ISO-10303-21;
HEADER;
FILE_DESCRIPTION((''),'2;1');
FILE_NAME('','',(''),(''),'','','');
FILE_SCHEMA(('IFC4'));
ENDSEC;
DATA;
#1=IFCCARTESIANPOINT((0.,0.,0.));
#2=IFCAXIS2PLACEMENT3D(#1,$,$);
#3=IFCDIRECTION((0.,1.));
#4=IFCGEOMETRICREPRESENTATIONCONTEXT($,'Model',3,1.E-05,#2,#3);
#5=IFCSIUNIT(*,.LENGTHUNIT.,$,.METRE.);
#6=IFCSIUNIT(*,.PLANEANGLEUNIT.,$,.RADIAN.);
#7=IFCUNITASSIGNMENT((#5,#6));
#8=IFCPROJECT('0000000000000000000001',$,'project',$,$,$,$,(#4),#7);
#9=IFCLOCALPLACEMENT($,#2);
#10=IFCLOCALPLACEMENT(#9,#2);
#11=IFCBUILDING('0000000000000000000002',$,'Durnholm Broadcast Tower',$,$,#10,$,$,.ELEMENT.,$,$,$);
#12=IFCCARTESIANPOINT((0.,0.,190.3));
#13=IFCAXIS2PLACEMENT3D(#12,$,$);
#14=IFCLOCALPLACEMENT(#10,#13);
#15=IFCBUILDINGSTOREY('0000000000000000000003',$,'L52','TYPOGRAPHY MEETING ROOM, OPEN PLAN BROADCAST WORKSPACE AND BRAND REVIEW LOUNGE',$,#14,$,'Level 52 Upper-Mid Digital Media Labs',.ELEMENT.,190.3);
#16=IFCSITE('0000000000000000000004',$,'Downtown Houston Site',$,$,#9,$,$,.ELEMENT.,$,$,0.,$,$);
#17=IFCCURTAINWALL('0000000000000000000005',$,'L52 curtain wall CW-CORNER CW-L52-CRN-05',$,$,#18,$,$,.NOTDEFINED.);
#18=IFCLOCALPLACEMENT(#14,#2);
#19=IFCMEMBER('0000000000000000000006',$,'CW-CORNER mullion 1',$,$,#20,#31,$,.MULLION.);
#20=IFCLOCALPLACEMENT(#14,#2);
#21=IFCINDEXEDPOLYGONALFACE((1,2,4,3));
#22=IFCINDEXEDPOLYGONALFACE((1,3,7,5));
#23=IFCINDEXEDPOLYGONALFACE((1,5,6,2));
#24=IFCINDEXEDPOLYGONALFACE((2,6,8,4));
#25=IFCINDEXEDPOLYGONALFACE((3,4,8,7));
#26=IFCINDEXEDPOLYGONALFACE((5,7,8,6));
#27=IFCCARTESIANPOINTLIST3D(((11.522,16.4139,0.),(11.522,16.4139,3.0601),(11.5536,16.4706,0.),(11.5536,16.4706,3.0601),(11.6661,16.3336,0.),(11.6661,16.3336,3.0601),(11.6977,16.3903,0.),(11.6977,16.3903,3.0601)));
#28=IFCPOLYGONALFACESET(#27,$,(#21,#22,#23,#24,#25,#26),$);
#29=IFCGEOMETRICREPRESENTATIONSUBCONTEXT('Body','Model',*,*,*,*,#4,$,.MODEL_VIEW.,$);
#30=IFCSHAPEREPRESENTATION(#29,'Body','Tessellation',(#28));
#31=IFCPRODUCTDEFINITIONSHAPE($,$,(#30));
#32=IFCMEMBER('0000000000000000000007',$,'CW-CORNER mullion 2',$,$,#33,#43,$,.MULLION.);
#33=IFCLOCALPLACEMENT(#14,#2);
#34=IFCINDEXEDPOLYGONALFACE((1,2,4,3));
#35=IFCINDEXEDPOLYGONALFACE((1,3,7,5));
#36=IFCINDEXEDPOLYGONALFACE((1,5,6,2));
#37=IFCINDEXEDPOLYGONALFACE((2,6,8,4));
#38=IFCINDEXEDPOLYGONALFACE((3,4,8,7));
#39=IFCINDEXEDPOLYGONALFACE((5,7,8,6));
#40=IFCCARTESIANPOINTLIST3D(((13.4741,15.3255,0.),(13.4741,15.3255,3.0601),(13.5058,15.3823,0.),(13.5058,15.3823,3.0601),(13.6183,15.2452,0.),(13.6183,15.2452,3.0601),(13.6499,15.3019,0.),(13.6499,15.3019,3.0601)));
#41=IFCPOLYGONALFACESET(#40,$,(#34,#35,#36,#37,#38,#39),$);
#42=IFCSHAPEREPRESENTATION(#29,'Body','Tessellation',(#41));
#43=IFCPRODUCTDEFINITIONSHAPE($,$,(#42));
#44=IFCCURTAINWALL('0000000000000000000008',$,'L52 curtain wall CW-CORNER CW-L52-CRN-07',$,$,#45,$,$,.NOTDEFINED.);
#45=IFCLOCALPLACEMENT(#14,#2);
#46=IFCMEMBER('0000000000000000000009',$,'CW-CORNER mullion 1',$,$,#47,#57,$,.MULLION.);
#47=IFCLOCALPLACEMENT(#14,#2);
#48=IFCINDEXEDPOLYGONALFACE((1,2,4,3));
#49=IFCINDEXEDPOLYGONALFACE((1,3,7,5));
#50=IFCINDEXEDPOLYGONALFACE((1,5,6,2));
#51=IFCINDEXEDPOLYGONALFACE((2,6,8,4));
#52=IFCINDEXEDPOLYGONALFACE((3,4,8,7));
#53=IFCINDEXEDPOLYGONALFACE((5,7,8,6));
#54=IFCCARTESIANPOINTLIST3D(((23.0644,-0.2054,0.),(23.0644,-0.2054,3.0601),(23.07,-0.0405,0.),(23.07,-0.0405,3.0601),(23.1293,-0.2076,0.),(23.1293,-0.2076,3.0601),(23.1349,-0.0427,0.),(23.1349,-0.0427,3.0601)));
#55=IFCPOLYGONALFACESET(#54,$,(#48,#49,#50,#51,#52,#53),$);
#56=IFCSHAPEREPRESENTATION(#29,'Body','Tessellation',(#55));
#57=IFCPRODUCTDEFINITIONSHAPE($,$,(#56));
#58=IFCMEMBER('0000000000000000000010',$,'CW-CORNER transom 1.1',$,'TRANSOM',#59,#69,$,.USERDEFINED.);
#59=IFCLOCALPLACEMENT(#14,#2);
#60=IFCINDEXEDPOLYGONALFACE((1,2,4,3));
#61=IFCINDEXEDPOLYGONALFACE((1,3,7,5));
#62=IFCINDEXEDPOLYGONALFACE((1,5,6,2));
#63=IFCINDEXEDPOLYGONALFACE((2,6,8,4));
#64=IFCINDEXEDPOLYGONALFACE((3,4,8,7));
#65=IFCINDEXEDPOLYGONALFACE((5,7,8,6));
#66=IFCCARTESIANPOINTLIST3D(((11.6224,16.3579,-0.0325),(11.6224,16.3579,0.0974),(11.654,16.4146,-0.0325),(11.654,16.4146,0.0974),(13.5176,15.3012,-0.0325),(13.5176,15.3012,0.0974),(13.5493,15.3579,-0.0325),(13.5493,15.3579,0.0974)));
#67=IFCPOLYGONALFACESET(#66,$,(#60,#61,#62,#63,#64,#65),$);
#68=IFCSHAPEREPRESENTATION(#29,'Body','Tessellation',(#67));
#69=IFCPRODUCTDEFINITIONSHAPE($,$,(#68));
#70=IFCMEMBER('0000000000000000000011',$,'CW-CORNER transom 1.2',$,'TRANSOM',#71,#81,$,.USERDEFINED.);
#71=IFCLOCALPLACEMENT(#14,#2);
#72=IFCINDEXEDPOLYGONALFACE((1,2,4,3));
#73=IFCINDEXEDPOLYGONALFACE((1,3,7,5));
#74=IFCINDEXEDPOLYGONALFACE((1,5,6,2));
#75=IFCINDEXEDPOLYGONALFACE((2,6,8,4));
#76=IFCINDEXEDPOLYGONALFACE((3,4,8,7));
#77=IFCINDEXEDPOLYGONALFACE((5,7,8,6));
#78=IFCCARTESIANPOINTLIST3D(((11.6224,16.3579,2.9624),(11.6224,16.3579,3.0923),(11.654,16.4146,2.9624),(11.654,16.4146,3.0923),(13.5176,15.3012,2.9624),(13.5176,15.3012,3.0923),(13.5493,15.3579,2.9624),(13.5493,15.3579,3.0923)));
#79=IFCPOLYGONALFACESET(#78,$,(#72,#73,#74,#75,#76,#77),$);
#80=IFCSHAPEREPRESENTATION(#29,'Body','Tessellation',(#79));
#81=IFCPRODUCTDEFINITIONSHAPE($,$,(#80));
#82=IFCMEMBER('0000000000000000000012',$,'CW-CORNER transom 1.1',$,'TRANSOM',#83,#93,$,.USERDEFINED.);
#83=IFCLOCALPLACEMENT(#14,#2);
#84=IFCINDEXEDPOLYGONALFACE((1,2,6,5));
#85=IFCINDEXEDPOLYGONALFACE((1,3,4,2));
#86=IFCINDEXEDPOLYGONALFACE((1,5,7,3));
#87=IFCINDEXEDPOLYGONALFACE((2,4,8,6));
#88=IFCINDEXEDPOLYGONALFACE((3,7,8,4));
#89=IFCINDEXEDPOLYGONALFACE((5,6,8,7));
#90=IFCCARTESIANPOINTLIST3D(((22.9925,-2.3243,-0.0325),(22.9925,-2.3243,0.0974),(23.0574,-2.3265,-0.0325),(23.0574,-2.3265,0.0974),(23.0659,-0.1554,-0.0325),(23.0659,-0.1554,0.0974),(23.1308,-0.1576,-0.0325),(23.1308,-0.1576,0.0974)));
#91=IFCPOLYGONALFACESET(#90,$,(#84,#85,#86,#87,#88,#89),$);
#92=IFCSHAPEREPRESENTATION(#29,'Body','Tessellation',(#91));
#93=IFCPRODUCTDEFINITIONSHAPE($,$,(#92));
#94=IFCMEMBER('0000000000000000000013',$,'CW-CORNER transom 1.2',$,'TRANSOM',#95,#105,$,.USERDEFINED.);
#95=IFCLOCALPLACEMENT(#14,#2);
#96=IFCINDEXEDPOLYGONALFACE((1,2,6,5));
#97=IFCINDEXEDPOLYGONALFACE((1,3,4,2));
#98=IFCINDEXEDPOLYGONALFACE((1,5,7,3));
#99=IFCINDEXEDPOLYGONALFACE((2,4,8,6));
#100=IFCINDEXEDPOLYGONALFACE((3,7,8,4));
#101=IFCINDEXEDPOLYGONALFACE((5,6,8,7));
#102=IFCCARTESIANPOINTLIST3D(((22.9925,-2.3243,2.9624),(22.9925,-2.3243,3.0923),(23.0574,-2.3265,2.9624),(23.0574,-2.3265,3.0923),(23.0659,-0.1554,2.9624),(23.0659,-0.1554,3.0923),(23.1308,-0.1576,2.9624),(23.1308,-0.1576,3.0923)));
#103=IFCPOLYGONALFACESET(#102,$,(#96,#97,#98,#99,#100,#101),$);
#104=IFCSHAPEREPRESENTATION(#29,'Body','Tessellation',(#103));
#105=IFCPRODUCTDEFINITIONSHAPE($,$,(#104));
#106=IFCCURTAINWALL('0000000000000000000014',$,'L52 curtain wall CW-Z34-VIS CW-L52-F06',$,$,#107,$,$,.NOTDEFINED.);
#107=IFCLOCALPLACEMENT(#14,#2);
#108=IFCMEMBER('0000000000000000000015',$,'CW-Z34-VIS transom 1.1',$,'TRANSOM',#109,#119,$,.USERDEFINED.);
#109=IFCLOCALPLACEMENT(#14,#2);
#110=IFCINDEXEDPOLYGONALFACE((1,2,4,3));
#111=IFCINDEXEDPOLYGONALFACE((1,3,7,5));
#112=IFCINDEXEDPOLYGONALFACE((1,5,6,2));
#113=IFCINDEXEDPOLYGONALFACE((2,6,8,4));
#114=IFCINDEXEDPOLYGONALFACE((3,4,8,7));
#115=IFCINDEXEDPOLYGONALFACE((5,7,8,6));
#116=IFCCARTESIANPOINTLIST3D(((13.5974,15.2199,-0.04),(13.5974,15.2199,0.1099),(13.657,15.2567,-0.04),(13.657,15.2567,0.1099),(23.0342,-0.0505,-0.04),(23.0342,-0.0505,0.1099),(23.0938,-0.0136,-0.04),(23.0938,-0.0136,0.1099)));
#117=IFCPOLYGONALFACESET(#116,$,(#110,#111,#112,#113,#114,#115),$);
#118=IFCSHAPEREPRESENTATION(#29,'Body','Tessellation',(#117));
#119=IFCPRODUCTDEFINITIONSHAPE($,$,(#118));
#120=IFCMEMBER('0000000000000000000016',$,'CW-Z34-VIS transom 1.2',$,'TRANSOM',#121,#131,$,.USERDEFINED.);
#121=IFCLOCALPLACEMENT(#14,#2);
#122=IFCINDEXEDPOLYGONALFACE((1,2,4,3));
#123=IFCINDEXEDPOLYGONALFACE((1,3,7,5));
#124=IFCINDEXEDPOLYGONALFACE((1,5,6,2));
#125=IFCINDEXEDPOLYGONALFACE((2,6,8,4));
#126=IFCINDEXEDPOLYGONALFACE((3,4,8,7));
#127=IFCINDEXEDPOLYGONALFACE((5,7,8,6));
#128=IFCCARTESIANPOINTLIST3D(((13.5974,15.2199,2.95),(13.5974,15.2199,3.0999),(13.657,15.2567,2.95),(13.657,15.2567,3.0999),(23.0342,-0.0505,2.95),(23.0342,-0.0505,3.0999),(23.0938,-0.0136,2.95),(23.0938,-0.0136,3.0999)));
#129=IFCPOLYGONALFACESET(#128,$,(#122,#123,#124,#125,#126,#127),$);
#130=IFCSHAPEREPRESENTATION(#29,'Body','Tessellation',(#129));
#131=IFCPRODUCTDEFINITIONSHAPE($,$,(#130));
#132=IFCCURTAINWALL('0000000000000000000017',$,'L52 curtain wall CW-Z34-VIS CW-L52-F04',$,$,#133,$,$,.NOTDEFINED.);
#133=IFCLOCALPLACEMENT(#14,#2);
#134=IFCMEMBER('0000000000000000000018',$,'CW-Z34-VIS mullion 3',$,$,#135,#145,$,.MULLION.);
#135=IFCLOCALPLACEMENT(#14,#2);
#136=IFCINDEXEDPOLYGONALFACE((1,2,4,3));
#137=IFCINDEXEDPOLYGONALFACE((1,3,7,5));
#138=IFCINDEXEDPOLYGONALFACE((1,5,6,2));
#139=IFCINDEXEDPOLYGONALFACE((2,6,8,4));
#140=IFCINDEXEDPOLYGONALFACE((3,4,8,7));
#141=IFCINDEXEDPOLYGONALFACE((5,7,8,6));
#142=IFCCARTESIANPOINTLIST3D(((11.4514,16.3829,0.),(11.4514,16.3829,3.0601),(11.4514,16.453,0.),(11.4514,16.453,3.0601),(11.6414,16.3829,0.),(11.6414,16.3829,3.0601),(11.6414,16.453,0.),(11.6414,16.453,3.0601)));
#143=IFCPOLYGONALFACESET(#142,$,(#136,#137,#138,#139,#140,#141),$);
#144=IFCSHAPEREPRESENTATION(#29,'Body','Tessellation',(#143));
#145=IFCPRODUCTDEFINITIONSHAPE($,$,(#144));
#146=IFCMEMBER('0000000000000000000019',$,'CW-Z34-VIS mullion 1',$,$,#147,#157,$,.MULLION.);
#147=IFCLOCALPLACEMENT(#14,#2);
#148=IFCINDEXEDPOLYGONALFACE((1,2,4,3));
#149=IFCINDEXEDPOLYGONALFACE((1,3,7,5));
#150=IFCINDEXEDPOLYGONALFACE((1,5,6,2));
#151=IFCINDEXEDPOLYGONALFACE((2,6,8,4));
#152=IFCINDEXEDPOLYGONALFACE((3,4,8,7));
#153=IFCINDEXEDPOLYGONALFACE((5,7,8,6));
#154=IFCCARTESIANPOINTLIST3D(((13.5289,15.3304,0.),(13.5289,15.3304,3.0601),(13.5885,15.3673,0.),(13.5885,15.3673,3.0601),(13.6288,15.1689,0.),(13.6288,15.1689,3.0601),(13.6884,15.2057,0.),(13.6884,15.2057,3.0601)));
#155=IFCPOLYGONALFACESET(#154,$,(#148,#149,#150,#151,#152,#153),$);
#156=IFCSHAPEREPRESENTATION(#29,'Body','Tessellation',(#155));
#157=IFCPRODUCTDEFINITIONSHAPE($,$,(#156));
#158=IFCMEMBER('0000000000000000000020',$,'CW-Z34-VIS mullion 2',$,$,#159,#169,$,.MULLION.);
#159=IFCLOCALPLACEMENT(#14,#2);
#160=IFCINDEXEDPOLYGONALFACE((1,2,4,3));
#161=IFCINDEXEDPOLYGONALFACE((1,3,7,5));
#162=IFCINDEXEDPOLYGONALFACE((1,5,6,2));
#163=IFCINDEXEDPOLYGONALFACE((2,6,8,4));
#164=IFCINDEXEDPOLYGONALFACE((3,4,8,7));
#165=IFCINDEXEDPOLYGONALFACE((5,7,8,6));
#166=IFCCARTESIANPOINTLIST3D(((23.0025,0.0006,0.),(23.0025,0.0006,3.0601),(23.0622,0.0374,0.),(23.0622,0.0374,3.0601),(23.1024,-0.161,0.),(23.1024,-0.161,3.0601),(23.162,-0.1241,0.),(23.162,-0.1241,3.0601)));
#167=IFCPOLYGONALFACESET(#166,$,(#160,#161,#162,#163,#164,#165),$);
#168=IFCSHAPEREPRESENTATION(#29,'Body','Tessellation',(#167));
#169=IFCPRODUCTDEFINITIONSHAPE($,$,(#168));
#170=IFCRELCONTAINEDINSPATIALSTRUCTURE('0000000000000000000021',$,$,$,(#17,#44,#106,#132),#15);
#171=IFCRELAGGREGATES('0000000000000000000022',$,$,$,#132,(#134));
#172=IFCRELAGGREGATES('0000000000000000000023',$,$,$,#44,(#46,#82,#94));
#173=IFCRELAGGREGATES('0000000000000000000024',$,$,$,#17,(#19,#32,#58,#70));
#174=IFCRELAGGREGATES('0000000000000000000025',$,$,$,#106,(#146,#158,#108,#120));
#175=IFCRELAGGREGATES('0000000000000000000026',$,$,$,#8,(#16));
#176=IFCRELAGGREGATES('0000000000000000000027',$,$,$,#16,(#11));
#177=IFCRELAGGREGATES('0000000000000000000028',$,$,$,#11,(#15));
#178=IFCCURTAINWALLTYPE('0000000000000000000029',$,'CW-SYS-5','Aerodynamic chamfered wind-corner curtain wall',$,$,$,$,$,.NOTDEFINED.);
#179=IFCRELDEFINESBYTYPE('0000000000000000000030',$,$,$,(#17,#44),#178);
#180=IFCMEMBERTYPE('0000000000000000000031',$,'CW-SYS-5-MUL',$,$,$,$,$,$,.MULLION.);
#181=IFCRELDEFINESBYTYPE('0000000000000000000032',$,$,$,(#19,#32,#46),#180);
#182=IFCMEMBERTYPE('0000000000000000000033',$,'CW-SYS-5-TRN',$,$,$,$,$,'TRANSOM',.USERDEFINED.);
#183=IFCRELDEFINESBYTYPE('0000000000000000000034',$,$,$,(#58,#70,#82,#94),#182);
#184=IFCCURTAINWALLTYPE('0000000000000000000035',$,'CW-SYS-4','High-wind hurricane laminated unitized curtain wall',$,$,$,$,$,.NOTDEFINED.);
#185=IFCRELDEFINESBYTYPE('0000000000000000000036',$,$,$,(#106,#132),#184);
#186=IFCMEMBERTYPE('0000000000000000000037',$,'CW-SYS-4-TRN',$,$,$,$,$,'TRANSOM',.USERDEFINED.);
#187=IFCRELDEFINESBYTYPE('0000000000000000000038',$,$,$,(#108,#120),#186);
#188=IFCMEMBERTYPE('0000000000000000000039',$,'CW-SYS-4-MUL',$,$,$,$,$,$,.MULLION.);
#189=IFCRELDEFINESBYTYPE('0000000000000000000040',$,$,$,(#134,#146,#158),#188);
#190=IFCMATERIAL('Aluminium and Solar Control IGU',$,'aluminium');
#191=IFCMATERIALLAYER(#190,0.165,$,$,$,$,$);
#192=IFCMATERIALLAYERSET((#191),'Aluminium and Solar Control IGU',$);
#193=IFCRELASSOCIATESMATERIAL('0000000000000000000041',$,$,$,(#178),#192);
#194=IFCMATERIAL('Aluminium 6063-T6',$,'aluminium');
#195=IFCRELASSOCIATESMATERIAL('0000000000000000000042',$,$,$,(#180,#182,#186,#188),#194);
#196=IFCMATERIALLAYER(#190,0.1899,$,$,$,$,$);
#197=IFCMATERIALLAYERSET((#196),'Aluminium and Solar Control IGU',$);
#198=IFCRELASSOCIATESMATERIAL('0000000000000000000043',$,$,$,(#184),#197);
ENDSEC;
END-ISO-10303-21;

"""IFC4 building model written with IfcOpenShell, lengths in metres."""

from ifc_helpers import new_model, si_unit, direction, frame, origin, origin_2d, place, context, subcontext, project, spatial, rectangle, extrude, source, transform, mapped, material, layer, layer_set, material_profile, profile_set, type_object, type_shapes, element, aggregate, save


model = new_model("IFC4")

# Units and contexts
model_context = context("Model", 3, precision=1e-05, world=origin(), true_north=direction((0.0, 1.0)))
body_context = subcontext(model_context, "Body", "Model", "MODEL_VIEW")
ifc_project = project(units=[si_unit("LENGTHUNIT", "METRE"), si_unit("PLANEANGLEUNIT", "RADIAN")], contexts=[model_context])

# Site, building, storey
site_placement = place(None, origin())
site = spatial("IfcSite", under=ifc_project, at=site_placement, Name="Downtown Houston Site", CompositionType="ELEMENT", RefElevation=0.0)
building_placement = place(site_placement, origin())
building = spatial("IfcBuilding", under=site, at=building_placement, Name="Durnholm Broadcast Tower", CompositionType="ELEMENT")
storey_placement = place(building_placement, frame((0.0, 0.0, 190.3)))
storey = spatial("IfcBuildingStorey", under=building, at=storey_placement, Name="L52", Description="TYPOGRAPHY MEETING ROOM, OPEN PLAN BROADCAST WORKSPACE AND BRAND REVIEW LOUNGE", LongName="Level 52 Upper-Mid Digital Media Labs", CompositionType="ELEMENT", Elevation=190.3)

# Curtain wall, members
ifc_material_1 = material(Name="Aluminium and Solar Control IGU", Category="aluminium")
ifc_layer_1 = layer(ifc_material_1, 0.165)
ifc_layer_set_1 = layer_set([ifc_layer_1], Name="Aluminium and Solar Control IGU")
curtain_wall_type_1 = type_object("IfcCurtainWallType", Name="CW-SYS-5", Description="Aerodynamic chamfered wind-corner curtain wall", PredefinedType="NOTDEFINED", material=ifc_layer_set_1)
curtain_wall_1_placement = place(storey_placement, origin())
curtain_wall_1 = element("IfcCurtainWall", 1, at=curtain_wall_1_placement, inside=storey, type_object=curtain_wall_type_1, Name="L52 curtain wall CW-CORNER CW-L52-CRN-05", PredefinedType="NOTDEFINED")
ifc_material_2 = material(Name="Aluminium 6063-T6", Category="aluminium")
ifc_material_profile_1 = material_profile(ifc_material_2, rectangle(XDim=0.0649, YDim=0.165, at=origin_2d()), Name="CWM65X165")
ifc_profile_set_1 = profile_set([ifc_material_profile_1], Name="Aluminium 6063-T6")
member_type_1 = type_object("IfcMemberType", Name="CW-SYS-5-MUL", PredefinedType="MULLION", material=ifc_profile_set_1)
shared_shape_1 = source(origin(), body_context, "Body", "SweptSolid", [
    extrude(rectangle(XDim=0.0649, YDim=0.165, at=origin_2d()), origin(), (0.0, 0.0, 1.0), 3.0601),
])
type_shapes(member_type_1, [shared_shape_1])
member_1_placement = place(storey_placement, frame((11.6099, 16.4021, 0.0), z_axis=(0.0, 0.0, 1.0), x_axis=(0.486986, 0.87341, 0.0)))
member_1 = element("IfcMember", 2, at=member_1_placement, type_object=member_type_1, Name="CW-CORNER mullion 1", PredefinedType="MULLION", context=body_context, shape_type="MappedRepresentation", body=[
    mapped(shared_shape_1, transform((0.0, 0.0, 0.0), x_axis=(1.0, 0.0, 0.0), y_axis=(0.0, 1.0, 0.0), z_axis=(0.0, 0.0, 1.0), scale=1.0)),
])
member_2_placement = place(storey_placement, frame((13.562, 15.3137, 0.0), z_axis=(0.0, 0.0, 1.0), x_axis=(0.486986, 0.87341, 0.0)))
member_2 = element("IfcMember", 3, at=member_2_placement, type_object=member_type_1, Name="CW-CORNER mullion 2", PredefinedType="MULLION", context=body_context, shape_type="MappedRepresentation", body=[
    mapped(shared_shape_1, transform((0.0, 0.0, 0.0), x_axis=(1.0, 0.0, 0.0), y_axis=(0.0, 1.0, 0.0), z_axis=(0.0, 0.0, 1.0), scale=1.0)),
])

# Curtain wall, member
curtain_wall_2_placement = place(storey_placement, origin())
curtain_wall_2 = element("IfcCurtainWall", 4, at=curtain_wall_2_placement, inside=storey, type_object=curtain_wall_type_1, Name="L52 curtain wall CW-CORNER CW-L52-CRN-07", PredefinedType="NOTDEFINED")
member_3_placement = place(storey_placement, frame((23.0996, -0.124, 0.0), z_axis=(0.0, 0.0, 1.0), x_axis=(0.999425, -0.033913, 0.0)))
member_3 = element("IfcMember", 5, at=member_3_placement, type_object=member_type_1, Name="CW-CORNER mullion 1", PredefinedType="MULLION", context=body_context, shape_type="MappedRepresentation", body=[
    mapped(shared_shape_1, transform((0.0, 0.0, 0.0), x_axis=(1.0, 0.0, 0.0), y_axis=(0.0, 1.0, 0.0), z_axis=(0.0, 0.0, 1.0), scale=1.0)),
])

# Members
ifc_material_profile_2 = material_profile(ifc_material_2, rectangle(XDim=0.0649, YDim=0.1299, at=origin_2d()), Name="CWT65X130")
ifc_profile_set_2 = profile_set([ifc_material_profile_2], Name="Aluminium 6063-T6")
member_type_2 = type_object("IfcMemberType", Name="CW-SYS-5-TRN", ElementType="TRANSOM", PredefinedType="USERDEFINED", material=ifc_profile_set_2)
shared_shape_2 = source(origin(), body_context, "Body", "SweptSolid", [
    extrude(rectangle(XDim=0.0649, YDim=0.1299, at=origin_2d()), origin(), (0.0, 0.0, 1.0), 2.1699),
])
member_4_placement = place(storey_placement, frame((11.6382, 16.3862, 0.0325), z_axis=(0.873429, -0.486951, 0.0), x_axis=(0.486951, 0.873429, 0.0)))
member_4 = element("IfcMember", 6, at=member_4_placement, type_object=member_type_2, Name="CW-CORNER transom 1.1", ObjectType="TRANSOM", PredefinedType="USERDEFINED", context=body_context, shape_type="MappedRepresentation", body=[
    mapped(shared_shape_2, transform((0.0, 0.0, 0.0), x_axis=(1.0, 0.0, 0.0), y_axis=(0.0, 1.0, 0.0), z_axis=(0.0, 0.0, 1.0), scale=1.0)),
])
member_5_placement = place(storey_placement, frame((11.6382, 16.3862, 3.0273), z_axis=(0.873429, -0.486951, 0.0), x_axis=(0.486951, 0.873429, 0.0)))
member_5 = element("IfcMember", 7, at=member_5_placement, type_object=member_type_2, Name="CW-CORNER transom 1.2", ObjectType="TRANSOM", PredefinedType="USERDEFINED", context=body_context, shape_type="MappedRepresentation", body=[
    mapped(shared_shape_2, transform((0.0, 0.0, 0.0), x_axis=(1.0, 0.0, 0.0), y_axis=(0.0, 1.0, 0.0), z_axis=(0.0, 0.0, 1.0), scale=1.0)),
])
shared_shape_3 = source(origin(), body_context, "Body", "SweptSolid", [
    extrude(rectangle(XDim=0.0649, YDim=0.1299, at=origin_2d()), origin(), (0.0, 0.0, 1.0), 2.1702),
])
type_shapes(member_type_2, [shared_shape_2, shared_shape_3])
member_6_placement = place(storey_placement, frame((23.0984, -0.1565, 0.0325), z_axis=(-0.033862, -0.999427, 0.0), x_axis=(0.999427, -0.033862, 0.0)))
member_6 = element("IfcMember", 8, at=member_6_placement, type_object=member_type_2, Name="CW-CORNER transom 1.1", ObjectType="TRANSOM", PredefinedType="USERDEFINED", context=body_context, shape_type="MappedRepresentation", body=[
    mapped(shared_shape_3, transform((0.0, 0.0, 0.0), x_axis=(1.0, 0.0, 0.0), y_axis=(0.0, 1.0, 0.0), z_axis=(0.0, 0.0, 1.0), scale=1.0)),
])
member_7_placement = place(storey_placement, frame((23.0984, -0.1565, 3.0273), z_axis=(-0.033862, -0.999427, 0.0), x_axis=(0.999427, -0.033862, 0.0)))
member_7 = element("IfcMember", 9, at=member_7_placement, type_object=member_type_2, Name="CW-CORNER transom 1.2", ObjectType="TRANSOM", PredefinedType="USERDEFINED", context=body_context, shape_type="MappedRepresentation", body=[
    mapped(shared_shape_3, transform((0.0, 0.0, 0.0), x_axis=(1.0, 0.0, 0.0), y_axis=(0.0, 1.0, 0.0), z_axis=(0.0, 0.0, 1.0), scale=1.0)),
])

# Curtain wall, members
ifc_layer_2 = layer(ifc_material_1, 0.1899)
ifc_layer_set_2 = layer_set([ifc_layer_2], Name="Aluminium and Solar Control IGU")
curtain_wall_type_2 = type_object("IfcCurtainWallType", Name="CW-SYS-4", Description="High-wind hurricane laminated unitized curtain wall", PredefinedType="NOTDEFINED", material=ifc_layer_set_2)
curtain_wall_3_placement = place(storey_placement, origin())
curtain_wall_3 = element("IfcCurtainWall", 10, at=curtain_wall_3_placement, inside=storey, type_object=curtain_wall_type_2, Name="L52 curtain wall CW-Z34-VIS CW-L52-F06", PredefinedType="NOTDEFINED")
ifc_material_profile_3 = material_profile(ifc_material_2, rectangle(XDim=0.0701, YDim=0.1499, at=origin_2d()), Name="CWT70X150")
ifc_profile_set_3 = profile_set([ifc_material_profile_3], Name="Aluminium 6063-T6")
member_type_3 = type_object("IfcMemberType", Name="CW-SYS-4-TRN", ElementType="TRANSOM", PredefinedType="USERDEFINED", material=ifc_profile_set_3)
shared_shape_4 = source(origin(), body_context, "Body", "SweptSolid", [
    extrude(rectangle(XDim=0.0701, YDim=0.1499, at=origin_2d()), origin(), (0.0, 0.0, 1.0), 17.9509),
])
type_shapes(member_type_3, [shared_shape_4])
member_8_placement = place(storey_placement, frame((13.6272, 15.2383, 0.0349), z_axis=(0.5257, -0.85067, 0.0), x_axis=(0.85067, 0.5257, 0.0)))
member_8 = element("IfcMember", 11, at=member_8_placement, type_object=member_type_3, Name="CW-Z34-VIS transom 1.1", ObjectType="TRANSOM", PredefinedType="USERDEFINED", context=body_context, shape_type="MappedRepresentation", body=[
    mapped(shared_shape_4, transform((0.0, 0.0, 0.0), x_axis=(1.0, 0.0, 0.0), y_axis=(0.0, 1.0, 0.0), z_axis=(0.0, 0.0, 1.0), scale=1.0)),
])
member_9_placement = place(storey_placement, frame((13.6272, 15.2383, 3.0249), z_axis=(0.5257, -0.85067, 0.0), x_axis=(0.85067, 0.5257, 0.0)))
member_9 = element("IfcMember", 12, at=member_9_placement, type_object=member_type_3, Name="CW-Z34-VIS transom 1.2", ObjectType="TRANSOM", PredefinedType="USERDEFINED", context=body_context, shape_type="MappedRepresentation", body=[
    mapped(shared_shape_4, transform((0.0, 0.0, 0.0), x_axis=(1.0, 0.0, 0.0), y_axis=(0.0, 1.0, 0.0), z_axis=(0.0, 0.0, 1.0), scale=1.0)),
])

# Curtain wall, member
curtain_wall_4_placement = place(storey_placement, origin())
curtain_wall_4 = element("IfcCurtainWall", 13, at=curtain_wall_4_placement, inside=storey, type_object=curtain_wall_type_2, Name="L52 curtain wall CW-Z34-VIS CW-L52-F04", PredefinedType="NOTDEFINED")
ifc_material_profile_4 = material_profile(ifc_material_2, rectangle(XDim=0.0701, YDim=0.1899, at=origin_2d()), Name="CWM70X190")
ifc_profile_set_4 = profile_set([ifc_material_profile_4], Name="Aluminium 6063-T6")
member_type_4 = type_object("IfcMemberType", Name="CW-SYS-4-MUL", PredefinedType="MULLION", material=ifc_profile_set_4)
shared_shape_5 = source(origin(), body_context, "Body", "SweptSolid", [
    extrude(rectangle(XDim=0.0701, YDim=0.1899, at=origin_2d()), origin(), (0.0, 0.0, 1.0), 3.0601),
])
type_shapes(member_type_4, [shared_shape_5])
member_10_placement = place(storey_placement, frame((11.5464, 16.418, 0.0), z_axis=(0.0, 0.0, 1.0), x_axis=(0.0, 1.0, 0.0)))
member_10 = element("IfcMember", 14, at=member_10_placement, type_object=member_type_4, Name="CW-Z34-VIS mullion 3", PredefinedType="MULLION", context=body_context, shape_type="MappedRepresentation", body=[
    mapped(shared_shape_5, transform((0.0, 0.0, 0.0), x_axis=(1.0, 0.0, 0.0), y_axis=(0.0, 1.0, 0.0), z_axis=(0.0, 0.0, 1.0), scale=1.0)),
])
aggregate(curtain_wall_4, [member_10])

# Members
member_11_placement = place(storey_placement, frame((13.6086, 15.2681, 0.0), z_axis=(0.0, 0.0, 1.0), x_axis=(0.850671, 0.525698, 0.0)))
member_11 = element("IfcMember", 15, at=member_11_placement, type_object=member_type_4, Name="CW-Z34-VIS mullion 1", PredefinedType="MULLION", context=body_context, shape_type="MappedRepresentation", body=[
    mapped(shared_shape_5, transform((0.0, 0.0, 0.0), x_axis=(1.0, 0.0, 0.0), y_axis=(0.0, 1.0, 0.0), z_axis=(0.0, 0.0, 1.0), scale=1.0)),
])
member_12_placement = place(storey_placement, frame((23.0823, -0.0618, 0.0), z_axis=(0.0, 0.0, 1.0), x_axis=(0.850671, 0.525698, 0.0)))
member_12 = element("IfcMember", 16, at=member_12_placement, type_object=member_type_4, Name="CW-Z34-VIS mullion 2", PredefinedType="MULLION", context=body_context, shape_type="MappedRepresentation", body=[
    mapped(shared_shape_5, transform((0.0, 0.0, 0.0), x_axis=(1.0, 0.0, 0.0), y_axis=(0.0, 1.0, 0.0), z_axis=(0.0, 0.0, 1.0), scale=1.0)),
])

aggregate(curtain_wall_2, [member_3, member_6, member_7])
aggregate(curtain_wall_1, [member_1, member_2, member_4, member_5])
aggregate(curtain_wall_3, [member_11, member_12, member_8, member_9])

save(model, "model.ifc")
